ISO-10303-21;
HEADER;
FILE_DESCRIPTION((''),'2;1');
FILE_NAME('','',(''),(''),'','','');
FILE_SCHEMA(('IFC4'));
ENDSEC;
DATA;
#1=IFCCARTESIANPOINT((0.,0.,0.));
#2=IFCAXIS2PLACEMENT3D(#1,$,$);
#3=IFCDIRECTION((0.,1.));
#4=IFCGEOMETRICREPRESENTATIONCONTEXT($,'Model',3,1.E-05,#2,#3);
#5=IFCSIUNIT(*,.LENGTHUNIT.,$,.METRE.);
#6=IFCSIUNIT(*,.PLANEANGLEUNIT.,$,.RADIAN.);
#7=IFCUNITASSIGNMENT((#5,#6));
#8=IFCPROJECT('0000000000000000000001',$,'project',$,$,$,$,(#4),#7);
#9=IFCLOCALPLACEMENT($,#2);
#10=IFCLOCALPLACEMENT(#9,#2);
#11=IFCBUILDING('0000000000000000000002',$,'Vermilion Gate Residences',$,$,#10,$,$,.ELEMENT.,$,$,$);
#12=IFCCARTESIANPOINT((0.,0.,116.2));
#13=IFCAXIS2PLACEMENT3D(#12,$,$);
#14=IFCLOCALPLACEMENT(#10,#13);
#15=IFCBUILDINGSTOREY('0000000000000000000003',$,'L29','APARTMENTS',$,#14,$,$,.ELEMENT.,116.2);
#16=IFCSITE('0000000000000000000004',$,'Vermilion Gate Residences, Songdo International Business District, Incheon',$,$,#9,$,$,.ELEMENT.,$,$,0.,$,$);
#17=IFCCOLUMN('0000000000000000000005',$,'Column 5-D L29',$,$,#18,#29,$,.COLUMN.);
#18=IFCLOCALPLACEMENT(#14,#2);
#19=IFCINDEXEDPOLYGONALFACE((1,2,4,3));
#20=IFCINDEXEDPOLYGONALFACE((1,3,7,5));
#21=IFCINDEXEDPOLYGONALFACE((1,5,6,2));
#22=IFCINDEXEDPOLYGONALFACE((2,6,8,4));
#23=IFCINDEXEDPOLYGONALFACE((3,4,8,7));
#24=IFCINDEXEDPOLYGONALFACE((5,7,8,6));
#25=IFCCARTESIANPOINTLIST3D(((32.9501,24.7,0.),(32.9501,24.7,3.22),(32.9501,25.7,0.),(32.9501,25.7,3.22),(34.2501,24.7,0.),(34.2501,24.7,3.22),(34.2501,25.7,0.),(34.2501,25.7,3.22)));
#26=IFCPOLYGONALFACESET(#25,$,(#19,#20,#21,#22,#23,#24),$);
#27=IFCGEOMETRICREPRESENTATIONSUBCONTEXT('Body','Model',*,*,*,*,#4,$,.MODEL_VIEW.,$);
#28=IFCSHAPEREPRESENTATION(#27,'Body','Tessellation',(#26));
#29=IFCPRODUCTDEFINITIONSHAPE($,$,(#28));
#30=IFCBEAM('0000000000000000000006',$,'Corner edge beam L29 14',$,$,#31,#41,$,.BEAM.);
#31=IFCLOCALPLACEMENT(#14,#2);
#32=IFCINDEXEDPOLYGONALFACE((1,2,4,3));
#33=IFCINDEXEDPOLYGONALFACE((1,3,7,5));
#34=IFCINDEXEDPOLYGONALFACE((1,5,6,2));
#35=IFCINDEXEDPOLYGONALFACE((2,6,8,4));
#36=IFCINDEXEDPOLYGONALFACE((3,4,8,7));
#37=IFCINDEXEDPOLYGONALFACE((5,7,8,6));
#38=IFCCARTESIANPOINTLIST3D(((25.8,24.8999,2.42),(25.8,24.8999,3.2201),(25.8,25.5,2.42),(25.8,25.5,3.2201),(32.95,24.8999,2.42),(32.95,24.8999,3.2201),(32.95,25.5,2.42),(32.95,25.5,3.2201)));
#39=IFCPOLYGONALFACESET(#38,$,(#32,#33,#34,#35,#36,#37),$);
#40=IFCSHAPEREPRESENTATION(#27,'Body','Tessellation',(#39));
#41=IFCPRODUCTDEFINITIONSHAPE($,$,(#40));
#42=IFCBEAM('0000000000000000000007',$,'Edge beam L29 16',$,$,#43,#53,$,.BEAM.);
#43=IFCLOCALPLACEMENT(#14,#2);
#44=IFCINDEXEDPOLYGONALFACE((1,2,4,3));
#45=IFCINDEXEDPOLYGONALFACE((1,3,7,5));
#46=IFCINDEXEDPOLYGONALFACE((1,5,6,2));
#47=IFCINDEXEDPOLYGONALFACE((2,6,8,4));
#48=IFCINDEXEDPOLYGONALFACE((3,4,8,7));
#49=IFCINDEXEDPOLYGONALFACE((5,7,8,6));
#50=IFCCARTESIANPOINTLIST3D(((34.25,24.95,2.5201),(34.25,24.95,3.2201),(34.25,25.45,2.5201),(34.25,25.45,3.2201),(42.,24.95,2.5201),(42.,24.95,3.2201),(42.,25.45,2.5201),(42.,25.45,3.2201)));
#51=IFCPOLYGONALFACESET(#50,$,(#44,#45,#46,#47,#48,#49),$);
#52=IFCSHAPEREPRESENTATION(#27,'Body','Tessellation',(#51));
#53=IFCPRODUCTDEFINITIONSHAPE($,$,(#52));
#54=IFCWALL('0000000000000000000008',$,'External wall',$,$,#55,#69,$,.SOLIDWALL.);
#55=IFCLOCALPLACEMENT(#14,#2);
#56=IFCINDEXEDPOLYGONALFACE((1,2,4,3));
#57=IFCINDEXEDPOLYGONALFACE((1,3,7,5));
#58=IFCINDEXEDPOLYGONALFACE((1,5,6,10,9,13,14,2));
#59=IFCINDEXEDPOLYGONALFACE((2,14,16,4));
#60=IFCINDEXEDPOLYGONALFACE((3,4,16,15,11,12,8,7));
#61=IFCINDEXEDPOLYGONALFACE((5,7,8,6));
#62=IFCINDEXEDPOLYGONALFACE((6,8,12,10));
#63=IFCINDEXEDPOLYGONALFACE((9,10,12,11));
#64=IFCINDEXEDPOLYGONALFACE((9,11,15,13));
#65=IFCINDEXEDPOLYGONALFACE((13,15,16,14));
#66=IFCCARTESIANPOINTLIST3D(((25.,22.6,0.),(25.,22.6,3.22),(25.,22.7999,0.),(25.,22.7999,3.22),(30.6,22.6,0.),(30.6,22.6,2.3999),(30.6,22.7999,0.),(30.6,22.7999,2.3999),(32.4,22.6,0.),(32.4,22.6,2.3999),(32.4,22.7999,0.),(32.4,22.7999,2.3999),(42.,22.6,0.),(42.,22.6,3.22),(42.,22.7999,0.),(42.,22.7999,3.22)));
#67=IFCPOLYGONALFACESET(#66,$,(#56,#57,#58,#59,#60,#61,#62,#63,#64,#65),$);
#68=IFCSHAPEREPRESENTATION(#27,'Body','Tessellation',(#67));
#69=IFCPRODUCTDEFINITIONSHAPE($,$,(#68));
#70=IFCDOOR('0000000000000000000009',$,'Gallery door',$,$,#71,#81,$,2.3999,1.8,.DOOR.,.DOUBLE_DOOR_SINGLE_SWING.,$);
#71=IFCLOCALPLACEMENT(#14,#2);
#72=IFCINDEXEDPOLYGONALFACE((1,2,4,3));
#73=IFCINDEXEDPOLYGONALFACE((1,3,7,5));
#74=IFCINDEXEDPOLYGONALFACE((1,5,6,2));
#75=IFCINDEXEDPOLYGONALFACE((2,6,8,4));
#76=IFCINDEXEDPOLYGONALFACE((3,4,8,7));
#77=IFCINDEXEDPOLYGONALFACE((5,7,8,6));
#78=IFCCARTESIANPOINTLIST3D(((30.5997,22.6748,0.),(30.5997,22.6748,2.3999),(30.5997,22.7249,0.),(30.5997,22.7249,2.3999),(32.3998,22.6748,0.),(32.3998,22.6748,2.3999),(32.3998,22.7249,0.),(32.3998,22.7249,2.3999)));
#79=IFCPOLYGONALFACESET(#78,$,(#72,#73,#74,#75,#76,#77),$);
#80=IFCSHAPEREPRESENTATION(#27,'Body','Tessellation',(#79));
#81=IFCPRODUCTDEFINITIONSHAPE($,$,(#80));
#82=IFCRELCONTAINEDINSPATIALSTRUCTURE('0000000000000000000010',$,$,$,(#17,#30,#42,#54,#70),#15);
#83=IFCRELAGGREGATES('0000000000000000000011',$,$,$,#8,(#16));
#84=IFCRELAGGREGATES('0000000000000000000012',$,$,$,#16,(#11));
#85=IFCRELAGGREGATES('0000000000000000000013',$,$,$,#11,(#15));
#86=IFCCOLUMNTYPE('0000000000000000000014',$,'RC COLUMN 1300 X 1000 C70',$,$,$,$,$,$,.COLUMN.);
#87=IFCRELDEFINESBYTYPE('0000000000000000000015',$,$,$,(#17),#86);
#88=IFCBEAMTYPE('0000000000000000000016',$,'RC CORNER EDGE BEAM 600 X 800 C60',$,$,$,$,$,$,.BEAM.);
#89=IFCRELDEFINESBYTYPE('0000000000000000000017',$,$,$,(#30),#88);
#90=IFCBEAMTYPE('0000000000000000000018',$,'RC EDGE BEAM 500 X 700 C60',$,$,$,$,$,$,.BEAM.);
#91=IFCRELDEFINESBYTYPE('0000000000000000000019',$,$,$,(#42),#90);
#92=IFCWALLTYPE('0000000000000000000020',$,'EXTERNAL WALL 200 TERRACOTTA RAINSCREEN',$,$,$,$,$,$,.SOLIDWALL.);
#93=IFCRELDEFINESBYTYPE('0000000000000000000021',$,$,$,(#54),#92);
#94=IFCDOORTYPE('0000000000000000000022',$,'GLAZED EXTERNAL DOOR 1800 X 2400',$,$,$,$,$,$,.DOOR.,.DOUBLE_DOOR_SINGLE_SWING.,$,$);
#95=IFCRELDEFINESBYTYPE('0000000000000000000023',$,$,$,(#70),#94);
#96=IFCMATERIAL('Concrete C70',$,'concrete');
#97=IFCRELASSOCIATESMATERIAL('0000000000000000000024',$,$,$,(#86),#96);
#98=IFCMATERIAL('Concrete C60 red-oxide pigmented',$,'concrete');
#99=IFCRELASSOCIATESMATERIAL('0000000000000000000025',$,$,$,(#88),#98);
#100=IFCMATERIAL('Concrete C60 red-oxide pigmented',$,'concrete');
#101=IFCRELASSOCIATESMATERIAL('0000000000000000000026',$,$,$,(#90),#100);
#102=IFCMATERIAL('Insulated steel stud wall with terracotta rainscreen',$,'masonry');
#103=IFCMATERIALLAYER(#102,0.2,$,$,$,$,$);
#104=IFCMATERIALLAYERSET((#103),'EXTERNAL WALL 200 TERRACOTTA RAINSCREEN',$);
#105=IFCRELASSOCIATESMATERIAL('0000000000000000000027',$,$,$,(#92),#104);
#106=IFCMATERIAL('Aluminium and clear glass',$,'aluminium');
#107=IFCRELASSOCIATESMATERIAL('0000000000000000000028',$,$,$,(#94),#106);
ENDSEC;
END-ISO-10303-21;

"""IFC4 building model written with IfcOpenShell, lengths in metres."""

from ifc_helpers import new_model, si_unit, direction, frame, frame_2d, origin, origin_2d, place, context, subcontext, project, spatial, rectangle, extrude, material, layer, layer_set, material_profile, profile_set, type_object, element, fill, save


model = new_model("IFC4")

# Units and contexts
model_context = context("Model", 3, precision=1e-05, world=origin(), true_north=direction((0.0, 1.0)))
body_context = subcontext(model_context, "Body", "Model", "MODEL_VIEW")
ifc_project = project(units=[si_unit("LENGTHUNIT", "METRE"), si_unit("PLANEANGLEUNIT", "RADIAN")], contexts=[model_context])

# Site, building, storey
site_placement = place(None, origin())
site = spatial("IfcSite", under=ifc_project, at=site_placement, Name="Vermilion Gate Residences, Songdo International Business District, Incheon", CompositionType="ELEMENT", RefElevation=0.0)
building_placement = place(site_placement, origin())
building = spatial("IfcBuilding", under=site, at=building_placement, Name="Vermilion Gate Residences", CompositionType="ELEMENT")
storey_placement = place(building_placement, frame((0.0, 0.0, 116.2)))
storey = spatial("IfcBuildingStorey", under=building, at=storey_placement, Name="L29", Description="APARTMENTS", CompositionType="ELEMENT", Elevation=116.2)

# Column
ifc_material_1 = material(Name="Concrete C70", Category="concrete")
ifc_material_profile_1 = material_profile(ifc_material_1, rectangle(XDim=1.3, YDim=1.0, at=origin_2d()), Name="RC-1300x1000")
ifc_profile_set_1 = profile_set([ifc_material_profile_1], Name="Concrete C70")
column_type = type_object("IfcColumnType", Name="RC COLUMN 1300 X 1000 C70", PredefinedType="COLUMN", material=ifc_profile_set_1)
column_placement = place(storey_placement, frame((33.6001, 25.2, 0.0), z_axis=(0.0, 0.0, 1.0), x_axis=(1.0, 0.0, 0.0)))
element("IfcColumn", 1, at=column_placement, inside=storey, type_object=column_type, Name="Column 5-D L29", PredefinedType="COLUMN", context=body_context, shape_type="SweptSolid", body=[
    extrude(rectangle(XDim=1.3, YDim=1.0, at=origin_2d()), origin(), (0.0, 0.0, 1.0), 3.22),
])

# Beams
ifc_material_2 = material(Name="Concrete C60 red-oxide pigmented", Category="concrete")
ifc_material_profile_2 = material_profile(ifc_material_2, rectangle(XDim=0.6001, YDim=0.8, at=origin_2d()), Name="RC-600x800")
ifc_profile_set_2 = profile_set([ifc_material_profile_2], Name="Concrete C60 red-oxide pigmented")
beam_type_1 = type_object("IfcBeamType", Name="RC CORNER EDGE BEAM 600 X 800 C60", PredefinedType="BEAM", material=ifc_profile_set_2)
beam_1_placement = place(storey_placement, frame((25.8, 25.2, 2.8201), z_axis=(1.0, 0.0, 0.0), x_axis=(0.0, 1.0, 0.0)))
element("IfcBeam", 2, at=beam_1_placement, inside=storey, type_object=beam_type_1, Name="Corner edge beam L29 14", PredefinedType="BEAM", context=body_context, shape_type="SweptSolid", body=[
    extrude(rectangle(XDim=0.6001, YDim=0.8, at=origin_2d()), origin(), (0.0, 0.0, 1.0), 7.1499),
])
ifc_material_3 = material(Name="Concrete C60 red-oxide pigmented", Category="concrete")
ifc_material_profile_3 = material_profile(ifc_material_3, rectangle(XDim=0.5, YDim=0.7, at=origin_2d()), Name="RC-500x700")
ifc_profile_set_3 = profile_set([ifc_material_profile_3], Name="Concrete C60 red-oxide pigmented")
beam_type_2 = type_object("IfcBeamType", Name="RC EDGE BEAM 500 X 700 C60", PredefinedType="BEAM", material=ifc_profile_set_3)
beam_2_placement = place(storey_placement, frame((34.25, 25.2, 2.8701), z_axis=(1.0, 0.0, 0.0), x_axis=(0.0, 1.0, 0.0)))
element("IfcBeam", 3, at=beam_2_placement, inside=storey, type_object=beam_type_2, Name="Edge beam L29 16", PredefinedType="BEAM", context=body_context, shape_type="SweptSolid", body=[
    extrude(rectangle(XDim=0.5, YDim=0.7, at=origin_2d()), origin(), (0.0, 0.0, 1.0), 7.75),
])

# Wall, opening, door
ifc_material_4 = material(Name="Insulated steel stud wall with terracotta rainscreen", Category="masonry")
ifc_layer_1 = layer(ifc_material_4, 0.2)
ifc_layer_set_1 = layer_set([ifc_layer_1], Name="EXTERNAL WALL 200 TERRACOTTA RAINSCREEN")
wall_type_1 = type_object("IfcWallType", Name="EXTERNAL WALL 200 TERRACOTTA RAINSCREEN", PredefinedType="SOLIDWALL", material=ifc_layer_set_1)
wall_1_placement = place(storey_placement, frame((42.0, 22.7, 0.0), z_axis=(0.0, 0.0, 1.0), x_axis=(-1.0, 0.0, 0.0)))
wall_1 = element("IfcWall", 4, at=wall_1_placement, inside=storey, type_object=wall_type_1, Name="External wall", PredefinedType="SOLIDWALL", context=body_context, shape_type="SweptSolid", body=[
    extrude(rectangle(XDim=17.0, YDim=0.2, at=frame_2d((8.5, 0.0))), origin(), (0.0, 0.0, 1.0), 3.22),
])
opening_1_placement = place(wall_1_placement, frame((9.6001, 0.0, 0.0)))
opening_1 = element("IfcOpeningElement", 5, at=opening_1_placement, cuts=wall_1, PredefinedType="OPENING", context=body_context, shape_type="SweptSolid", body=[
    extrude(rectangle(XDim=1.8, YDim=2.3999, at=frame_2d((0.8999, 1.2))), frame((0.0, 0.1099, 0.0), z_axis=(0.0, -1.0, 0.0), x_axis=(1.0, 0.0, 0.0)), (0.0, 0.0, 1.0), 0.22),
])
ifc_material_5 = material(Name="Aluminium and clear glass", Category="aluminium")
door_type = type_object("IfcDoorType", Name="GLAZED EXTERNAL DOOR 1800 X 2400", OperationType="DOUBLE_DOOR_SINGLE_SWING", PredefinedType="DOOR", material=ifc_material_5)
door_placement = place(opening_1_placement, frame((1.8, 0.0, 0.0), z_axis=(0.0, 0.0, 1.0), x_axis=(-1.0, 0.0, 0.0)))
door = element("IfcDoor", 6, at=door_placement, inside=storey, type_object=door_type, Name="Gallery door", OperationType="DOUBLE_DOOR_SINGLE_SWING", OverallHeight=2.3999, OverallWidth=1.8, PredefinedType="DOOR", context=body_context, shape_type="SweptSolid", body=[
    extrude(rectangle(XDim=1.8, YDim=2.3999, at=frame_2d((0.8999, 1.2))), frame((0.0, 0.0249, 0.0), z_axis=(0.0, -1.0, 0.0), x_axis=(1.0, 0.0, 0.0)), (0.0, 0.0, 1.0), 0.05),
])
fill(opening_1, door)

save(model, "model.ifc")
